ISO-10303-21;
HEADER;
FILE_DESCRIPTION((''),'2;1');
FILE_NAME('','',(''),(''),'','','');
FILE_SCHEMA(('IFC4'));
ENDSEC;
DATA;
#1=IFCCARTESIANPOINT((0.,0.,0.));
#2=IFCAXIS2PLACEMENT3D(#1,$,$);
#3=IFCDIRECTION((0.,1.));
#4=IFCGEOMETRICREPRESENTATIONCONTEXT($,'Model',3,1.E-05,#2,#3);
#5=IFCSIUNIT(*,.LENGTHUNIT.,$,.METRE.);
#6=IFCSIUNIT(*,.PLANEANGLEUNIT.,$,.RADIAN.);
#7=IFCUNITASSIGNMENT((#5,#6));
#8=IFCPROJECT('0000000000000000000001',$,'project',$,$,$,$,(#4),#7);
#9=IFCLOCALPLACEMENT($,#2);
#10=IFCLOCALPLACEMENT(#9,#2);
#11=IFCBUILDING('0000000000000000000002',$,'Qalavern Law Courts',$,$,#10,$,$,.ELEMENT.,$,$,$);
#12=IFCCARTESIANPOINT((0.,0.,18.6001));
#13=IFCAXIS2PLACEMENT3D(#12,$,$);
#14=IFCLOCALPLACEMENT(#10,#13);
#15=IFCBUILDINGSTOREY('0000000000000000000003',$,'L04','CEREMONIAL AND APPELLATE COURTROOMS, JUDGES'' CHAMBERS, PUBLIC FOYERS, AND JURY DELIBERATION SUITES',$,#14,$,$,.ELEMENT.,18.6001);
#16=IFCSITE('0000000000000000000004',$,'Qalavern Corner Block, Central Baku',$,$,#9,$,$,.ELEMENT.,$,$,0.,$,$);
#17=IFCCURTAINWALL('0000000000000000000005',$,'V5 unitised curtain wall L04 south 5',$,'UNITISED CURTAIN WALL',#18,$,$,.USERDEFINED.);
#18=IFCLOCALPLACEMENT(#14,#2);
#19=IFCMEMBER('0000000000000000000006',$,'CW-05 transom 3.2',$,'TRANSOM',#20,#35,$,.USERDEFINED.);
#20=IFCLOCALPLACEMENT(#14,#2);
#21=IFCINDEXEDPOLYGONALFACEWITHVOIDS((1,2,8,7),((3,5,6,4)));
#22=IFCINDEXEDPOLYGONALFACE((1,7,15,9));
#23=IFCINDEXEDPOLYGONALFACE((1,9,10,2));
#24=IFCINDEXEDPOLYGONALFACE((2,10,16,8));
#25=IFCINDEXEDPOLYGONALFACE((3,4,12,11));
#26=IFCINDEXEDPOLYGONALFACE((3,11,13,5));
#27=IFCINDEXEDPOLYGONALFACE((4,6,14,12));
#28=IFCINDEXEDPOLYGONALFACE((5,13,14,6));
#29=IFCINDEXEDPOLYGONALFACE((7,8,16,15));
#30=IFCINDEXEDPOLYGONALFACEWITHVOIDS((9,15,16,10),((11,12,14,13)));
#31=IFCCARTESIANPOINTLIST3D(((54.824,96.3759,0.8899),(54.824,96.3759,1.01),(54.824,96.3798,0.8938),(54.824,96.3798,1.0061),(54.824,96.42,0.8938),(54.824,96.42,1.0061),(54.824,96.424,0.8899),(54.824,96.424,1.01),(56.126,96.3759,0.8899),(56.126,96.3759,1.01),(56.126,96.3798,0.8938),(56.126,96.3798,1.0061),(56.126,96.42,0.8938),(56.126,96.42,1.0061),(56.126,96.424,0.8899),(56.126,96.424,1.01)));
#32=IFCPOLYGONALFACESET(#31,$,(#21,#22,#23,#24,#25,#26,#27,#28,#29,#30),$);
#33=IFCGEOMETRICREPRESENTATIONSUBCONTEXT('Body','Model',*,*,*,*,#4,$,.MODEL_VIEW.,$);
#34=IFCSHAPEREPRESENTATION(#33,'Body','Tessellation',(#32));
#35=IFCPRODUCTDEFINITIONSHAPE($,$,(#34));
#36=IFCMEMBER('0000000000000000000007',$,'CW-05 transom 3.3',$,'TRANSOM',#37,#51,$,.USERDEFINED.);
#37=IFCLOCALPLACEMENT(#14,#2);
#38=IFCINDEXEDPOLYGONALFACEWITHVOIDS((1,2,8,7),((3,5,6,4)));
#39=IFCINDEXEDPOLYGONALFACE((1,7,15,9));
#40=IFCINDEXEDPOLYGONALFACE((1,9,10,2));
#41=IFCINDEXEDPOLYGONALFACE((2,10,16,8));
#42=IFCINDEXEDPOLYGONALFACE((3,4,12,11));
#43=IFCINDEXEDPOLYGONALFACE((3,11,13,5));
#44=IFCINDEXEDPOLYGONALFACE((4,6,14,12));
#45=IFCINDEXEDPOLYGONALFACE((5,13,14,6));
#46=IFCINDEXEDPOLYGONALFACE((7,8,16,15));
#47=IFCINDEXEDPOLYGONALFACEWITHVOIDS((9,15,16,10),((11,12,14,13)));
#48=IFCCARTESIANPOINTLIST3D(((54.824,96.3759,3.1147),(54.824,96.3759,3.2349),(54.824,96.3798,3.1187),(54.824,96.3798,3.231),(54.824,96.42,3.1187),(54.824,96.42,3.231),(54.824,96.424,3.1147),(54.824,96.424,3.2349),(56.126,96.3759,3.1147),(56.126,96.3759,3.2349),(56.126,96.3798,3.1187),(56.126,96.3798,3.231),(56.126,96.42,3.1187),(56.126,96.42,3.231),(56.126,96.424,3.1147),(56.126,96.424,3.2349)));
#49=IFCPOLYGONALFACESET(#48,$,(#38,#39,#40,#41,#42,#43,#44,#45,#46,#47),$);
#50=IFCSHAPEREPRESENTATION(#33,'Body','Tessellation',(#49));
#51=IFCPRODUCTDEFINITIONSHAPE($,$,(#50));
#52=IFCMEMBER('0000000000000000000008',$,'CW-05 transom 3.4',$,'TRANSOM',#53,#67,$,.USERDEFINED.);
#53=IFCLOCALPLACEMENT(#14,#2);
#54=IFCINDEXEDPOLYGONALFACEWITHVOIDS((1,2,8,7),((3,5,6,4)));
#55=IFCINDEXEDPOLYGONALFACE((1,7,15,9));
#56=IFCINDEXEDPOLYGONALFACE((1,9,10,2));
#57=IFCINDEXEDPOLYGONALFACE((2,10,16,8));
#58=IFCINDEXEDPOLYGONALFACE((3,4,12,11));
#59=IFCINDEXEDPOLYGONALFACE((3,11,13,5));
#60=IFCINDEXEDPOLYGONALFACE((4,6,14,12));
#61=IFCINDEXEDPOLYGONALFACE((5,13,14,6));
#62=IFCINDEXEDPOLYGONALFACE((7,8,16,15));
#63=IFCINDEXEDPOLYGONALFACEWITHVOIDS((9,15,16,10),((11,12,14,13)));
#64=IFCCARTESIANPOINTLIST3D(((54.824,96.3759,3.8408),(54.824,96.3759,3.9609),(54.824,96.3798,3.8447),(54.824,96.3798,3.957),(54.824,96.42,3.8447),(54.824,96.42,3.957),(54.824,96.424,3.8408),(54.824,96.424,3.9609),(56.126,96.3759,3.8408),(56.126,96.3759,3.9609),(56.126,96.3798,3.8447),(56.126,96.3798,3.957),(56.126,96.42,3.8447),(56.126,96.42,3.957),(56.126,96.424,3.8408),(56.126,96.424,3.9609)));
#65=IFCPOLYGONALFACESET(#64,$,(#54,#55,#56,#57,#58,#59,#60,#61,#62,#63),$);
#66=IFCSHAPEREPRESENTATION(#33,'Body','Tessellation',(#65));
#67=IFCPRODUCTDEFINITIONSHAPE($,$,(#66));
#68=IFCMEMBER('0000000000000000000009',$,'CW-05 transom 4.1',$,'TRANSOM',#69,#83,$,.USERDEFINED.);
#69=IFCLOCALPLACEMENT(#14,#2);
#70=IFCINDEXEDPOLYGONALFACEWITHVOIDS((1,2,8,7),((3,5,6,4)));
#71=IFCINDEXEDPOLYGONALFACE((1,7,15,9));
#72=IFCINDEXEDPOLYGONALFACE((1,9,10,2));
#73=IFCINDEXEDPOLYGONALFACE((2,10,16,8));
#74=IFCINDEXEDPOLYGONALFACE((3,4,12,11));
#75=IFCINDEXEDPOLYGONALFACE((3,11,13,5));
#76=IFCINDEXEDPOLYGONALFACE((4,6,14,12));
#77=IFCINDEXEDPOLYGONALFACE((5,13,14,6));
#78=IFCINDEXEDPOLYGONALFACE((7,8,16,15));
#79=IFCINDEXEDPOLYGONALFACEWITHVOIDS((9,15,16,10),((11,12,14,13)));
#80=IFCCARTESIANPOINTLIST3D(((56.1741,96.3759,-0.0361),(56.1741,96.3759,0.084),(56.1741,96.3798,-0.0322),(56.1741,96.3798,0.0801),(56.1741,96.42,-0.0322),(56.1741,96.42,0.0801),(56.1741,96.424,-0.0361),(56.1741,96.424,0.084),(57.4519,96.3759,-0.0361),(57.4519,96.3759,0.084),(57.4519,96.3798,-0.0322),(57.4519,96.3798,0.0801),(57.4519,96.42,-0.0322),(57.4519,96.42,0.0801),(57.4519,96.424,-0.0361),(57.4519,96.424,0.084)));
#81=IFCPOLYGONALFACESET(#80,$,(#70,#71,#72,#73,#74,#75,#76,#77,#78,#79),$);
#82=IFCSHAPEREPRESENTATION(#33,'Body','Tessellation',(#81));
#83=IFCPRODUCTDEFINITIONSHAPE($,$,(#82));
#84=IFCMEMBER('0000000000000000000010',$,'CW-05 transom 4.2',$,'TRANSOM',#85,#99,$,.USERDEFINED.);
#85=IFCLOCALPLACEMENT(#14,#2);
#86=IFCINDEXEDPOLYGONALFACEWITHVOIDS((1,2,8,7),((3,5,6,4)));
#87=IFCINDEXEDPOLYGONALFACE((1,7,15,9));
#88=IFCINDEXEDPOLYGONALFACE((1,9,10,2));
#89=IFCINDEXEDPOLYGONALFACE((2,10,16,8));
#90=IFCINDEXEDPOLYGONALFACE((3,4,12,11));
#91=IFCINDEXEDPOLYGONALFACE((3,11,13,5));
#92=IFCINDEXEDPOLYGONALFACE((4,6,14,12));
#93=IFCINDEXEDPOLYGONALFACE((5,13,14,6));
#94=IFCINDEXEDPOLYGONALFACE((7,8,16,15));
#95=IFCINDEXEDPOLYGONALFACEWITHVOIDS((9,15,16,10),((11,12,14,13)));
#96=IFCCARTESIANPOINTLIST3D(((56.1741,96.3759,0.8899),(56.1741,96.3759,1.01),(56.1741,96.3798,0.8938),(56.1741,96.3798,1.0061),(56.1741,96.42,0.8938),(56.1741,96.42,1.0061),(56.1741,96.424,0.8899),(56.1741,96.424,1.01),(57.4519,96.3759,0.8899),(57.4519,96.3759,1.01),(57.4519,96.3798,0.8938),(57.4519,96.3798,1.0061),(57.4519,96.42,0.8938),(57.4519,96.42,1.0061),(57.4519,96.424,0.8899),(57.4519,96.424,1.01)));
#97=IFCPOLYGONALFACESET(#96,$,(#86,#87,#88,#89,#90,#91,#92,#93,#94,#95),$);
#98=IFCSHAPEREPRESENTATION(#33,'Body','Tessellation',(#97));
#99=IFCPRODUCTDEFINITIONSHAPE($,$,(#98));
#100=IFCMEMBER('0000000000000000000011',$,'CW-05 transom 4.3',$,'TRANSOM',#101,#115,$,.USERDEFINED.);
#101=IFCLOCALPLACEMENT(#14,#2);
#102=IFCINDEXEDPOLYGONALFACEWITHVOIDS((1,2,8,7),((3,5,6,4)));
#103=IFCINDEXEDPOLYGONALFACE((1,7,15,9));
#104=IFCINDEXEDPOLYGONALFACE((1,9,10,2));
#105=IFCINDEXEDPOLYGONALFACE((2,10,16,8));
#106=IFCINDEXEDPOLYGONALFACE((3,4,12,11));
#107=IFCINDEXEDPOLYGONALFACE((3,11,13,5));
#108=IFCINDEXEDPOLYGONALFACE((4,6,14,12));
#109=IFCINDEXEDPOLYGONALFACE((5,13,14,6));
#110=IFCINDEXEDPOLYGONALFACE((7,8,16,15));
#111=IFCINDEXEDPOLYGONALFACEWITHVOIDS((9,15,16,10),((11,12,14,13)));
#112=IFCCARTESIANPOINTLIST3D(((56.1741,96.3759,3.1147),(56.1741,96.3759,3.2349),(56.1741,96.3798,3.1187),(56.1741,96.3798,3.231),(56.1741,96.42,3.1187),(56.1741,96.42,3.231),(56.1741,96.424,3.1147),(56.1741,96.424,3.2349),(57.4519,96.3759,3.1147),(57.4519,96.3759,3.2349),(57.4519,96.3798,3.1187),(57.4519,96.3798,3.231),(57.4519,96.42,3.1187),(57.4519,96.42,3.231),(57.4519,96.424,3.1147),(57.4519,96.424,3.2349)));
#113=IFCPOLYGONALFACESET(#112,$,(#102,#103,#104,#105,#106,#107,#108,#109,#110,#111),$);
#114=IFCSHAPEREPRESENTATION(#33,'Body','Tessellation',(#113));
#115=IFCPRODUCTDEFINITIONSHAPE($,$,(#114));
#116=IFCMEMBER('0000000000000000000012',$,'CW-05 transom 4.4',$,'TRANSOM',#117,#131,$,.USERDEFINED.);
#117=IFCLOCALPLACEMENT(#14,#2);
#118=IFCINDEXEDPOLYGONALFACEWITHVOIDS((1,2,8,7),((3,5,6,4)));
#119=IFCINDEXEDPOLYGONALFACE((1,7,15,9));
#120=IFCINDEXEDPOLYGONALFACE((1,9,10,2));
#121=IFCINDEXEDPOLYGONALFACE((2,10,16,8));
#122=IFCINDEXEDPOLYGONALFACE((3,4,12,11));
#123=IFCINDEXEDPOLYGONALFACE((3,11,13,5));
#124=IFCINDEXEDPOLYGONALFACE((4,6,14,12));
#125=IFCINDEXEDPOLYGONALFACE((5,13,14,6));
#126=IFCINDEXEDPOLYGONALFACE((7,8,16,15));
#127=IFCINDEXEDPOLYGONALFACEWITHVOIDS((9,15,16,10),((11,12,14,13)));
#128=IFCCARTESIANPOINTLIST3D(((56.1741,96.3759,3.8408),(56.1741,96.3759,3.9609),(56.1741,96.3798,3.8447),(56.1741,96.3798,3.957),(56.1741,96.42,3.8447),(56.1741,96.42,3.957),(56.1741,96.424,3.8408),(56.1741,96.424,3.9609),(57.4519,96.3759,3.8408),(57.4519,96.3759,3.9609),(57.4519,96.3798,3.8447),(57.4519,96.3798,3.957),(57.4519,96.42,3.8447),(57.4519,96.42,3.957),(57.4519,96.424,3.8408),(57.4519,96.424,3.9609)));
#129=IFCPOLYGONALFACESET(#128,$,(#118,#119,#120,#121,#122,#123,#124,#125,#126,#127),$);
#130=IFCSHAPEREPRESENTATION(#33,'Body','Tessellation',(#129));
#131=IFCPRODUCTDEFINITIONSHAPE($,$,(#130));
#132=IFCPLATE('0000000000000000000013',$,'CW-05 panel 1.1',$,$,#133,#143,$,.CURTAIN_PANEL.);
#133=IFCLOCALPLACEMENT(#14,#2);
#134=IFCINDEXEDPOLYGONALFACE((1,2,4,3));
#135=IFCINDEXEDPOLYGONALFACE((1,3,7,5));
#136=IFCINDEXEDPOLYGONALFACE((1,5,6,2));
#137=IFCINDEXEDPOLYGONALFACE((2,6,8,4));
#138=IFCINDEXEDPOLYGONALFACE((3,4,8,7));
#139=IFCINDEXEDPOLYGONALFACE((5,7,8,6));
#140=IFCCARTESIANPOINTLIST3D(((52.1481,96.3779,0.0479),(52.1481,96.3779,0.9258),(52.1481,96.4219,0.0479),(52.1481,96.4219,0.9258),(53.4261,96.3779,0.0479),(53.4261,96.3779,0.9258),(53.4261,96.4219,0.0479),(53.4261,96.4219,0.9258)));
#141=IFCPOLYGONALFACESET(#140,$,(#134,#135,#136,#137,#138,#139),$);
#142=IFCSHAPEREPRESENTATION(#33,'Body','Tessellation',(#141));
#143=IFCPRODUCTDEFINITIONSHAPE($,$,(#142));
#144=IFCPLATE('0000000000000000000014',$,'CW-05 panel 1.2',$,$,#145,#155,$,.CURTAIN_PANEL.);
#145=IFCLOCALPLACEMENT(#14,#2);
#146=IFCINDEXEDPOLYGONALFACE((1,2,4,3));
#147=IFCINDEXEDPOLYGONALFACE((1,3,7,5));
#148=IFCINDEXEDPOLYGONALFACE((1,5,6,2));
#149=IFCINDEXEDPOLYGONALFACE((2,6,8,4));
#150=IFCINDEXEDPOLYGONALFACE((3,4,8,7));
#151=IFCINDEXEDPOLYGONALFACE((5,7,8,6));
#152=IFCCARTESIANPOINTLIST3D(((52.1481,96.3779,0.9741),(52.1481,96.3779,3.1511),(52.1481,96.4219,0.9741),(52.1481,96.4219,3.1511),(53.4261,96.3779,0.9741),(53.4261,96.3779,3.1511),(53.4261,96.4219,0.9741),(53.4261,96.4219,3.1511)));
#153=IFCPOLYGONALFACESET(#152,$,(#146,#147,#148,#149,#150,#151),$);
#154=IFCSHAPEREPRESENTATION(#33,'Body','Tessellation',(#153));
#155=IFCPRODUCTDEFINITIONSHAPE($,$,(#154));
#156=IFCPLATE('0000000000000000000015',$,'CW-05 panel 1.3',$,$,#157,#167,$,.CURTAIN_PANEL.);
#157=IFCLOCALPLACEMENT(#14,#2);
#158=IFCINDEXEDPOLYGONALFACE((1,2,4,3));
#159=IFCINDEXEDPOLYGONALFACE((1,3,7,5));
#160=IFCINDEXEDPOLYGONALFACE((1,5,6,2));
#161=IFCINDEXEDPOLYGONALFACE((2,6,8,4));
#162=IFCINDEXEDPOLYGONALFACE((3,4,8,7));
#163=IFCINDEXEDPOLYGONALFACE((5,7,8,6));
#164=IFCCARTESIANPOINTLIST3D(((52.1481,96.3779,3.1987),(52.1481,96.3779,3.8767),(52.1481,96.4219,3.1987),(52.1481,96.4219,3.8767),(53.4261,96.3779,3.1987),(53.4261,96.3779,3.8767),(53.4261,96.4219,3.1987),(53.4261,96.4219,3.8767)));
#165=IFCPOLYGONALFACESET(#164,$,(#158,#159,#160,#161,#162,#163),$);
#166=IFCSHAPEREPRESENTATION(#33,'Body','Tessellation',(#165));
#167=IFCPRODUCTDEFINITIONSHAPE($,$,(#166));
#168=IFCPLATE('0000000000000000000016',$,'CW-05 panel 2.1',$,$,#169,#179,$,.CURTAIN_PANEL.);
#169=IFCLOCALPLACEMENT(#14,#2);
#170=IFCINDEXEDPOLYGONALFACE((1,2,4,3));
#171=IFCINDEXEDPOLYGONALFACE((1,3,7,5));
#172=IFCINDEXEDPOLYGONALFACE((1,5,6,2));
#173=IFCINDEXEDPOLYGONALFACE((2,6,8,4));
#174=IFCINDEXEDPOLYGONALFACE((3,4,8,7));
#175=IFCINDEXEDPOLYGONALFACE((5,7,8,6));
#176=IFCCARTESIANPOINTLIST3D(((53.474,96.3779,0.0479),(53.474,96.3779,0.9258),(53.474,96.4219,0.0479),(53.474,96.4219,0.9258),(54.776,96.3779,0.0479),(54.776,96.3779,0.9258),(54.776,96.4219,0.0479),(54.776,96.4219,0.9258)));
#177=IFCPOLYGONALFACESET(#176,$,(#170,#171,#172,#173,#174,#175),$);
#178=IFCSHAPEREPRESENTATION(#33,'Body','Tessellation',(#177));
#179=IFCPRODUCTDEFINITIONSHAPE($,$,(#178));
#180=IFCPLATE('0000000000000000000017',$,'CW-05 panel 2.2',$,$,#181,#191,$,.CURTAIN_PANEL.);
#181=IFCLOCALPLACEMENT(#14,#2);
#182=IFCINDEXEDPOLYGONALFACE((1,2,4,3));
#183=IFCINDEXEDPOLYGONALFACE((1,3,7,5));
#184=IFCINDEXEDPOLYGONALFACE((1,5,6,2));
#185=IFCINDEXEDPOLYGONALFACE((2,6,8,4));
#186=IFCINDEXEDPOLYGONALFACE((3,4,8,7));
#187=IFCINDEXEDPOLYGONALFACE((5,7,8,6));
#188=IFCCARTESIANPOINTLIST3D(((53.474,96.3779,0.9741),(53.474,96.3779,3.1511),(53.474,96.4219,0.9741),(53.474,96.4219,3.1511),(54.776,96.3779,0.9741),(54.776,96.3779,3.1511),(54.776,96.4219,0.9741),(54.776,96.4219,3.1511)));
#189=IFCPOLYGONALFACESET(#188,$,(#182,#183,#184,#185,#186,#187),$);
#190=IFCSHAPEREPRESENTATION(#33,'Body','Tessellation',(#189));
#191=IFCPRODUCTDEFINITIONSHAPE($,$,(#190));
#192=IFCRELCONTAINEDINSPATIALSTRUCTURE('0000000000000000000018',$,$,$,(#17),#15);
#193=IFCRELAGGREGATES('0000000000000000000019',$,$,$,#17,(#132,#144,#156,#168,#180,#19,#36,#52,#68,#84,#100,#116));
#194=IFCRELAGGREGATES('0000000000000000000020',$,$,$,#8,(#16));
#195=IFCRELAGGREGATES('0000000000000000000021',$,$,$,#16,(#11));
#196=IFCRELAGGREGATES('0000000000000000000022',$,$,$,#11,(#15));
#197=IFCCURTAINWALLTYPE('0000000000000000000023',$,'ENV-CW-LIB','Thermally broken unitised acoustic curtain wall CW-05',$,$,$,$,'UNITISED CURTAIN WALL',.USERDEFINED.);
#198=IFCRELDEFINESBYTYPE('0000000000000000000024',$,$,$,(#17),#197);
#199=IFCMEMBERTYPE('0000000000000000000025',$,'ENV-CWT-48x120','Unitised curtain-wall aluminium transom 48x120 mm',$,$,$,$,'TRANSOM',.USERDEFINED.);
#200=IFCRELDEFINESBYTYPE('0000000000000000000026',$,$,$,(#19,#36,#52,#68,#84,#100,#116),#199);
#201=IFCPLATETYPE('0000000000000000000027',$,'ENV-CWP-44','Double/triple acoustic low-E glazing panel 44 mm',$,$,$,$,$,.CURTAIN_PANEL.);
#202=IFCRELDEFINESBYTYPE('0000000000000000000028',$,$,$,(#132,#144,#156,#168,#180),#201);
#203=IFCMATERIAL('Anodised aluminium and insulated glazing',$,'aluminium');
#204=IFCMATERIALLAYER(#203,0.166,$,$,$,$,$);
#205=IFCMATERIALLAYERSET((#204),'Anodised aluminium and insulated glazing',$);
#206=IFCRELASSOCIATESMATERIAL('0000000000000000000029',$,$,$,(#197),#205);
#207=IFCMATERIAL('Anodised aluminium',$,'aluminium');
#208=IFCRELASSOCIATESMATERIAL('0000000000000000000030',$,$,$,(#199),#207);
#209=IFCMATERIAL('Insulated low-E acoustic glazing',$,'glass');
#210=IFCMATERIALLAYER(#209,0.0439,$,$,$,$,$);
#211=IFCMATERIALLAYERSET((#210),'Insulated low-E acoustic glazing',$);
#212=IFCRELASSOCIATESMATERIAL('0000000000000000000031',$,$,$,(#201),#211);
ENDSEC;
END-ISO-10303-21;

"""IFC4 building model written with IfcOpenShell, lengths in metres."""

from ifc_helpers import new_model, si_unit, direction, frame, origin, origin_2d, place, context, subcontext, project, spatial, rectangle, hollow_rectangle, extrude, material, layer, layer_set, material_profile, profile_set, type_object, element, aggregate, save


model = new_model("IFC4")

# Units and contexts
model_context = context("Model", 3, precision=1e-05, world=origin(), true_north=direction((0.0, 1.0)))
body_context = subcontext(model_context, "Body", "Model", "MODEL_VIEW")
ifc_project = project(units=[si_unit("LENGTHUNIT", "METRE"), si_unit("PLANEANGLEUNIT", "RADIAN")], contexts=[model_context])

# Site, building, storey
site_placement = place(None, origin())
site = spatial("IfcSite", under=ifc_project, at=site_placement, Name="Qalavern Corner Block, Central Baku", CompositionType="ELEMENT", RefElevation=0.0)
building_placement = place(site_placement, origin())
building = spatial("IfcBuilding", under=site, at=building_placement, Name="Qalavern Law Courts", CompositionType="ELEMENT")
storey_placement = place(building_placement, frame((0.0, 0.0, 18.6001)))
storey = spatial("IfcBuildingStorey", under=building, at=storey_placement, Name="L04", Description="CEREMONIAL AND APPELLATE COURTROOMS, JUDGES' CHAMBERS, PUBLIC FOYERS, AND JURY DELIBERATION SUITES", CompositionType="ELEMENT", Elevation=18.6001)

# Curtain wall, members, plates
ifc_material_1 = material(Name="Anodised aluminium and insulated glazing", Category="aluminium")
ifc_layer_1 = layer(ifc_material_1, 0.166)
ifc_layer_set_1 = layer_set([ifc_layer_1], Name="Anodised aluminium and insulated glazing")
curtain_wall_type = type_object("IfcCurtainWallType", Name="ENV-CW-LIB", Description="Thermally broken unitised acoustic curtain wall CW-05", ElementType="UNITISED CURTAIN WALL", PredefinedType="USERDEFINED", material=ifc_layer_set_1)
curtain_wall_placement = place(storey_placement, origin())
curtain_wall = element("IfcCurtainWall", 1, at=curtain_wall_placement, inside=storey, type_object=curtain_wall_type, Name="V5 unitised curtain wall L04 south 5", ObjectType="UNITISED CURTAIN WALL", PredefinedType="USERDEFINED")
ifc_material_2 = material(Name="Anodised aluminium", Category="aluminium")
ifc_material_profile_1 = material_profile(ifc_material_2, hollow_rectangle(XDim=0.0481, YDim=0.1201, WallThickness=0.0039, at=origin_2d()), Name="ALU TRANSOM 48x120")
ifc_profile_set_1 = profile_set([ifc_material_profile_1], Name="Anodised aluminium")
member_type_1 = type_object("IfcMemberType", Name="ENV-CWT-48x120", Description="Unitised curtain-wall aluminium transom 48x120 mm", ElementType="TRANSOM", PredefinedType="USERDEFINED", material=ifc_profile_set_1)
member_1_placement = place(storey_placement, frame((54.824, 96.3999, 0.95), z_axis=(1.0, 0.0, 0.0), x_axis=(0.0, 1.0, 0.0)))
member_1 = element("IfcMember", 2, at=member_1_placement, type_object=member_type_1, Name="CW-05 transom 3.2", ObjectType="TRANSOM", PredefinedType="USERDEFINED", context=body_context, shape_type="SweptSolid", body=[
    extrude(hollow_rectangle(XDim=0.0481, YDim=0.1201, WallThickness=0.0039, at=origin_2d()), origin(), (0.0, 0.0, 1.0), 1.302),
])
member_2_placement = place(storey_placement, frame((54.824, 96.3999, 3.1748), z_axis=(1.0, 0.0, 0.0), x_axis=(0.0, 1.0, 0.0)))
member_2 = element("IfcMember", 3, at=member_2_placement, type_object=member_type_1, Name="CW-05 transom 3.3", ObjectType="TRANSOM", PredefinedType="USERDEFINED", context=body_context, shape_type="SweptSolid", body=[
    extrude(hollow_rectangle(XDim=0.0481, YDim=0.1201, WallThickness=0.0039, at=origin_2d()), origin(), (0.0, 0.0, 1.0), 1.302),
])
member_3_placement = place(storey_placement, frame((54.824, 96.3999, 3.9009), z_axis=(1.0, 0.0, 0.0), x_axis=(0.0, 1.0, 0.0)))
member_3 = element("IfcMember", 4, at=member_3_placement, type_object=member_type_1, Name="CW-05 transom 3.4", ObjectType="TRANSOM", PredefinedType="USERDEFINED", context=body_context, shape_type="SweptSolid", body=[
    extrude(hollow_rectangle(XDim=0.0481, YDim=0.1201, WallThickness=0.0039, at=origin_2d()), origin(), (0.0, 0.0, 1.0), 1.302),
])
member_4_placement = place(storey_placement, frame((56.1741, 96.3999, 0.0239), z_axis=(1.0, 0.0, 0.0), x_axis=(0.0, 1.0, 0.0)))
member_4 = element("IfcMember", 5, at=member_4_placement, type_object=member_type_1, Name="CW-05 transom 4.1", ObjectType="TRANSOM", PredefinedType="USERDEFINED", context=body_context, shape_type="SweptSolid", body=[
    extrude(hollow_rectangle(XDim=0.0481, YDim=0.1201, WallThickness=0.0039, at=origin_2d()), origin(), (0.0, 0.0, 1.0), 1.2778),
])
member_5_placement = place(storey_placement, frame((56.1741, 96.3999, 0.95), z_axis=(1.0, 0.0, 0.0), x_axis=(0.0, 1.0, 0.0)))
member_5 = element("IfcMember", 6, at=member_5_placement, type_object=member_type_1, Name="CW-05 transom 4.2", ObjectType="TRANSOM", PredefinedType="USERDEFINED", context=body_context, shape_type="SweptSolid", body=[
    extrude(hollow_rectangle(XDim=0.0481, YDim=0.1201, WallThickness=0.0039, at=origin_2d()), origin(), (0.0, 0.0, 1.0), 1.2778),
])
member_6_placement = place(storey_placement, frame((56.1741, 96.3999, 3.1748), z_axis=(1.0, 0.0, 0.0), x_axis=(0.0, 1.0, 0.0)))
member_6 = element("IfcMember", 7, at=member_6_placement, type_object=member_type_1, Name="CW-05 transom 4.3", ObjectType="TRANSOM", PredefinedType="USERDEFINED", context=body_context, shape_type="SweptSolid", body=[
    extrude(hollow_rectangle(XDim=0.0481, YDim=0.1201, WallThickness=0.0039, at=origin_2d()), origin(), (0.0, 0.0, 1.0), 1.2778),
])
member_7_placement = place(storey_placement, frame((56.1741, 96.3999, 3.9009), z_axis=(1.0, 0.0, 0.0), x_axis=(0.0, 1.0, 0.0)))
member_7 = element("IfcMember", 8, at=member_7_placement, type_object=member_type_1, Name="CW-05 transom 4.4", ObjectType="TRANSOM", PredefinedType="USERDEFINED", context=body_context, shape_type="SweptSolid", body=[
    extrude(hollow_rectangle(XDim=0.0481, YDim=0.1201, WallThickness=0.0039, at=origin_2d()), origin(), (0.0, 0.0, 1.0), 1.2778),
])
ifc_material_3 = material(Name="Insulated low-E acoustic glazing", Category="glass")
ifc_layer_2 = layer(ifc_material_3, 0.0439)
ifc_layer_set_2 = layer_set([ifc_layer_2], Name="Insulated low-E acoustic glazing")
plate_type = type_object("IfcPlateType", Name="ENV-CWP-44", Description="Double/triple acoustic low-E glazing panel 44 mm", PredefinedType="CURTAIN_PANEL", material=ifc_layer_set_2)
plate_1_placement = place(storey_placement, frame((52.7871, 96.3999, 0.0479), z_axis=(0.0, 0.0, 1.0), x_axis=(1.0, 0.0, 0.0)))
plate_1 = element("IfcPlate", 9, at=plate_1_placement, type_object=plate_type, Name="CW-05 panel 1.1", PredefinedType="CURTAIN_PANEL", context=body_context, shape_type="SweptSolid", body=[
    extrude(rectangle(XDim=1.2781, YDim=0.0439, at=origin_2d()), origin(), (0.0, 0.0, 1.0), 0.8779),
])
plate_2_placement = place(storey_placement, frame((52.7871, 96.3999, 0.9741), z_axis=(0.0, 0.0, 1.0), x_axis=(1.0, 0.0, 0.0)))
plate_2 = element("IfcPlate", 10, at=plate_2_placement, type_object=plate_type, Name="CW-05 panel 1.2", PredefinedType="CURTAIN_PANEL", context=body_context, shape_type="SweptSolid", body=[
    extrude(rectangle(XDim=1.2781, YDim=0.0439, at=origin_2d()), origin(), (0.0, 0.0, 1.0), 2.177),
])
plate_3_placement = place(storey_placement, frame((52.7871, 96.3999, 3.1987), z_axis=(0.0, 0.0, 1.0), x_axis=(1.0, 0.0, 0.0)))
plate_3 = element("IfcPlate", 11, at=plate_3_placement, type_object=plate_type, Name="CW-05 panel 1.3", PredefinedType="CURTAIN_PANEL", context=body_context, shape_type="SweptSolid", body=[
    extrude(rectangle(XDim=1.2781, YDim=0.0439, at=origin_2d()), origin(), (0.0, 0.0, 1.0), 0.678),
])
plate_4_placement = place(storey_placement, frame((54.125, 96.3999, 0.0479), z_axis=(0.0, 0.0, 1.0), x_axis=(1.0, 0.0, 0.0)))
plate_4 = element("IfcPlate", 12, at=plate_4_placement, type_object=plate_type, Name="CW-05 panel 2.1", PredefinedType="CURTAIN_PANEL", context=body_context, shape_type="SweptSolid", body=[
    extrude(rectangle(XDim=1.302, YDim=0.0439, at=origin_2d()), origin(), (0.0, 0.0, 1.0), 0.8779),
])
plate_5_placement = place(storey_placement, frame((54.125, 96.3999, 0.9741), z_axis=(0.0, 0.0, 1.0), x_axis=(1.0, 0.0, 0.0)))
plate_5 = element("IfcPlate", 13, at=plate_5_placement, type_object=plate_type, Name="CW-05 panel 2.2", PredefinedType="CURTAIN_PANEL", context=body_context, shape_type="SweptSolid", body=[
    extrude(rectangle(XDim=1.302, YDim=0.0439, at=origin_2d()), origin(), (0.0, 0.0, 1.0), 2.177),
])
aggregate(curtain_wall, [plate_1, plate_2, plate_3, plate_4, plate_5, member_1, member_2, member_3, member_4, member_5, member_6, member_7])

save(model, "model.ifc")
